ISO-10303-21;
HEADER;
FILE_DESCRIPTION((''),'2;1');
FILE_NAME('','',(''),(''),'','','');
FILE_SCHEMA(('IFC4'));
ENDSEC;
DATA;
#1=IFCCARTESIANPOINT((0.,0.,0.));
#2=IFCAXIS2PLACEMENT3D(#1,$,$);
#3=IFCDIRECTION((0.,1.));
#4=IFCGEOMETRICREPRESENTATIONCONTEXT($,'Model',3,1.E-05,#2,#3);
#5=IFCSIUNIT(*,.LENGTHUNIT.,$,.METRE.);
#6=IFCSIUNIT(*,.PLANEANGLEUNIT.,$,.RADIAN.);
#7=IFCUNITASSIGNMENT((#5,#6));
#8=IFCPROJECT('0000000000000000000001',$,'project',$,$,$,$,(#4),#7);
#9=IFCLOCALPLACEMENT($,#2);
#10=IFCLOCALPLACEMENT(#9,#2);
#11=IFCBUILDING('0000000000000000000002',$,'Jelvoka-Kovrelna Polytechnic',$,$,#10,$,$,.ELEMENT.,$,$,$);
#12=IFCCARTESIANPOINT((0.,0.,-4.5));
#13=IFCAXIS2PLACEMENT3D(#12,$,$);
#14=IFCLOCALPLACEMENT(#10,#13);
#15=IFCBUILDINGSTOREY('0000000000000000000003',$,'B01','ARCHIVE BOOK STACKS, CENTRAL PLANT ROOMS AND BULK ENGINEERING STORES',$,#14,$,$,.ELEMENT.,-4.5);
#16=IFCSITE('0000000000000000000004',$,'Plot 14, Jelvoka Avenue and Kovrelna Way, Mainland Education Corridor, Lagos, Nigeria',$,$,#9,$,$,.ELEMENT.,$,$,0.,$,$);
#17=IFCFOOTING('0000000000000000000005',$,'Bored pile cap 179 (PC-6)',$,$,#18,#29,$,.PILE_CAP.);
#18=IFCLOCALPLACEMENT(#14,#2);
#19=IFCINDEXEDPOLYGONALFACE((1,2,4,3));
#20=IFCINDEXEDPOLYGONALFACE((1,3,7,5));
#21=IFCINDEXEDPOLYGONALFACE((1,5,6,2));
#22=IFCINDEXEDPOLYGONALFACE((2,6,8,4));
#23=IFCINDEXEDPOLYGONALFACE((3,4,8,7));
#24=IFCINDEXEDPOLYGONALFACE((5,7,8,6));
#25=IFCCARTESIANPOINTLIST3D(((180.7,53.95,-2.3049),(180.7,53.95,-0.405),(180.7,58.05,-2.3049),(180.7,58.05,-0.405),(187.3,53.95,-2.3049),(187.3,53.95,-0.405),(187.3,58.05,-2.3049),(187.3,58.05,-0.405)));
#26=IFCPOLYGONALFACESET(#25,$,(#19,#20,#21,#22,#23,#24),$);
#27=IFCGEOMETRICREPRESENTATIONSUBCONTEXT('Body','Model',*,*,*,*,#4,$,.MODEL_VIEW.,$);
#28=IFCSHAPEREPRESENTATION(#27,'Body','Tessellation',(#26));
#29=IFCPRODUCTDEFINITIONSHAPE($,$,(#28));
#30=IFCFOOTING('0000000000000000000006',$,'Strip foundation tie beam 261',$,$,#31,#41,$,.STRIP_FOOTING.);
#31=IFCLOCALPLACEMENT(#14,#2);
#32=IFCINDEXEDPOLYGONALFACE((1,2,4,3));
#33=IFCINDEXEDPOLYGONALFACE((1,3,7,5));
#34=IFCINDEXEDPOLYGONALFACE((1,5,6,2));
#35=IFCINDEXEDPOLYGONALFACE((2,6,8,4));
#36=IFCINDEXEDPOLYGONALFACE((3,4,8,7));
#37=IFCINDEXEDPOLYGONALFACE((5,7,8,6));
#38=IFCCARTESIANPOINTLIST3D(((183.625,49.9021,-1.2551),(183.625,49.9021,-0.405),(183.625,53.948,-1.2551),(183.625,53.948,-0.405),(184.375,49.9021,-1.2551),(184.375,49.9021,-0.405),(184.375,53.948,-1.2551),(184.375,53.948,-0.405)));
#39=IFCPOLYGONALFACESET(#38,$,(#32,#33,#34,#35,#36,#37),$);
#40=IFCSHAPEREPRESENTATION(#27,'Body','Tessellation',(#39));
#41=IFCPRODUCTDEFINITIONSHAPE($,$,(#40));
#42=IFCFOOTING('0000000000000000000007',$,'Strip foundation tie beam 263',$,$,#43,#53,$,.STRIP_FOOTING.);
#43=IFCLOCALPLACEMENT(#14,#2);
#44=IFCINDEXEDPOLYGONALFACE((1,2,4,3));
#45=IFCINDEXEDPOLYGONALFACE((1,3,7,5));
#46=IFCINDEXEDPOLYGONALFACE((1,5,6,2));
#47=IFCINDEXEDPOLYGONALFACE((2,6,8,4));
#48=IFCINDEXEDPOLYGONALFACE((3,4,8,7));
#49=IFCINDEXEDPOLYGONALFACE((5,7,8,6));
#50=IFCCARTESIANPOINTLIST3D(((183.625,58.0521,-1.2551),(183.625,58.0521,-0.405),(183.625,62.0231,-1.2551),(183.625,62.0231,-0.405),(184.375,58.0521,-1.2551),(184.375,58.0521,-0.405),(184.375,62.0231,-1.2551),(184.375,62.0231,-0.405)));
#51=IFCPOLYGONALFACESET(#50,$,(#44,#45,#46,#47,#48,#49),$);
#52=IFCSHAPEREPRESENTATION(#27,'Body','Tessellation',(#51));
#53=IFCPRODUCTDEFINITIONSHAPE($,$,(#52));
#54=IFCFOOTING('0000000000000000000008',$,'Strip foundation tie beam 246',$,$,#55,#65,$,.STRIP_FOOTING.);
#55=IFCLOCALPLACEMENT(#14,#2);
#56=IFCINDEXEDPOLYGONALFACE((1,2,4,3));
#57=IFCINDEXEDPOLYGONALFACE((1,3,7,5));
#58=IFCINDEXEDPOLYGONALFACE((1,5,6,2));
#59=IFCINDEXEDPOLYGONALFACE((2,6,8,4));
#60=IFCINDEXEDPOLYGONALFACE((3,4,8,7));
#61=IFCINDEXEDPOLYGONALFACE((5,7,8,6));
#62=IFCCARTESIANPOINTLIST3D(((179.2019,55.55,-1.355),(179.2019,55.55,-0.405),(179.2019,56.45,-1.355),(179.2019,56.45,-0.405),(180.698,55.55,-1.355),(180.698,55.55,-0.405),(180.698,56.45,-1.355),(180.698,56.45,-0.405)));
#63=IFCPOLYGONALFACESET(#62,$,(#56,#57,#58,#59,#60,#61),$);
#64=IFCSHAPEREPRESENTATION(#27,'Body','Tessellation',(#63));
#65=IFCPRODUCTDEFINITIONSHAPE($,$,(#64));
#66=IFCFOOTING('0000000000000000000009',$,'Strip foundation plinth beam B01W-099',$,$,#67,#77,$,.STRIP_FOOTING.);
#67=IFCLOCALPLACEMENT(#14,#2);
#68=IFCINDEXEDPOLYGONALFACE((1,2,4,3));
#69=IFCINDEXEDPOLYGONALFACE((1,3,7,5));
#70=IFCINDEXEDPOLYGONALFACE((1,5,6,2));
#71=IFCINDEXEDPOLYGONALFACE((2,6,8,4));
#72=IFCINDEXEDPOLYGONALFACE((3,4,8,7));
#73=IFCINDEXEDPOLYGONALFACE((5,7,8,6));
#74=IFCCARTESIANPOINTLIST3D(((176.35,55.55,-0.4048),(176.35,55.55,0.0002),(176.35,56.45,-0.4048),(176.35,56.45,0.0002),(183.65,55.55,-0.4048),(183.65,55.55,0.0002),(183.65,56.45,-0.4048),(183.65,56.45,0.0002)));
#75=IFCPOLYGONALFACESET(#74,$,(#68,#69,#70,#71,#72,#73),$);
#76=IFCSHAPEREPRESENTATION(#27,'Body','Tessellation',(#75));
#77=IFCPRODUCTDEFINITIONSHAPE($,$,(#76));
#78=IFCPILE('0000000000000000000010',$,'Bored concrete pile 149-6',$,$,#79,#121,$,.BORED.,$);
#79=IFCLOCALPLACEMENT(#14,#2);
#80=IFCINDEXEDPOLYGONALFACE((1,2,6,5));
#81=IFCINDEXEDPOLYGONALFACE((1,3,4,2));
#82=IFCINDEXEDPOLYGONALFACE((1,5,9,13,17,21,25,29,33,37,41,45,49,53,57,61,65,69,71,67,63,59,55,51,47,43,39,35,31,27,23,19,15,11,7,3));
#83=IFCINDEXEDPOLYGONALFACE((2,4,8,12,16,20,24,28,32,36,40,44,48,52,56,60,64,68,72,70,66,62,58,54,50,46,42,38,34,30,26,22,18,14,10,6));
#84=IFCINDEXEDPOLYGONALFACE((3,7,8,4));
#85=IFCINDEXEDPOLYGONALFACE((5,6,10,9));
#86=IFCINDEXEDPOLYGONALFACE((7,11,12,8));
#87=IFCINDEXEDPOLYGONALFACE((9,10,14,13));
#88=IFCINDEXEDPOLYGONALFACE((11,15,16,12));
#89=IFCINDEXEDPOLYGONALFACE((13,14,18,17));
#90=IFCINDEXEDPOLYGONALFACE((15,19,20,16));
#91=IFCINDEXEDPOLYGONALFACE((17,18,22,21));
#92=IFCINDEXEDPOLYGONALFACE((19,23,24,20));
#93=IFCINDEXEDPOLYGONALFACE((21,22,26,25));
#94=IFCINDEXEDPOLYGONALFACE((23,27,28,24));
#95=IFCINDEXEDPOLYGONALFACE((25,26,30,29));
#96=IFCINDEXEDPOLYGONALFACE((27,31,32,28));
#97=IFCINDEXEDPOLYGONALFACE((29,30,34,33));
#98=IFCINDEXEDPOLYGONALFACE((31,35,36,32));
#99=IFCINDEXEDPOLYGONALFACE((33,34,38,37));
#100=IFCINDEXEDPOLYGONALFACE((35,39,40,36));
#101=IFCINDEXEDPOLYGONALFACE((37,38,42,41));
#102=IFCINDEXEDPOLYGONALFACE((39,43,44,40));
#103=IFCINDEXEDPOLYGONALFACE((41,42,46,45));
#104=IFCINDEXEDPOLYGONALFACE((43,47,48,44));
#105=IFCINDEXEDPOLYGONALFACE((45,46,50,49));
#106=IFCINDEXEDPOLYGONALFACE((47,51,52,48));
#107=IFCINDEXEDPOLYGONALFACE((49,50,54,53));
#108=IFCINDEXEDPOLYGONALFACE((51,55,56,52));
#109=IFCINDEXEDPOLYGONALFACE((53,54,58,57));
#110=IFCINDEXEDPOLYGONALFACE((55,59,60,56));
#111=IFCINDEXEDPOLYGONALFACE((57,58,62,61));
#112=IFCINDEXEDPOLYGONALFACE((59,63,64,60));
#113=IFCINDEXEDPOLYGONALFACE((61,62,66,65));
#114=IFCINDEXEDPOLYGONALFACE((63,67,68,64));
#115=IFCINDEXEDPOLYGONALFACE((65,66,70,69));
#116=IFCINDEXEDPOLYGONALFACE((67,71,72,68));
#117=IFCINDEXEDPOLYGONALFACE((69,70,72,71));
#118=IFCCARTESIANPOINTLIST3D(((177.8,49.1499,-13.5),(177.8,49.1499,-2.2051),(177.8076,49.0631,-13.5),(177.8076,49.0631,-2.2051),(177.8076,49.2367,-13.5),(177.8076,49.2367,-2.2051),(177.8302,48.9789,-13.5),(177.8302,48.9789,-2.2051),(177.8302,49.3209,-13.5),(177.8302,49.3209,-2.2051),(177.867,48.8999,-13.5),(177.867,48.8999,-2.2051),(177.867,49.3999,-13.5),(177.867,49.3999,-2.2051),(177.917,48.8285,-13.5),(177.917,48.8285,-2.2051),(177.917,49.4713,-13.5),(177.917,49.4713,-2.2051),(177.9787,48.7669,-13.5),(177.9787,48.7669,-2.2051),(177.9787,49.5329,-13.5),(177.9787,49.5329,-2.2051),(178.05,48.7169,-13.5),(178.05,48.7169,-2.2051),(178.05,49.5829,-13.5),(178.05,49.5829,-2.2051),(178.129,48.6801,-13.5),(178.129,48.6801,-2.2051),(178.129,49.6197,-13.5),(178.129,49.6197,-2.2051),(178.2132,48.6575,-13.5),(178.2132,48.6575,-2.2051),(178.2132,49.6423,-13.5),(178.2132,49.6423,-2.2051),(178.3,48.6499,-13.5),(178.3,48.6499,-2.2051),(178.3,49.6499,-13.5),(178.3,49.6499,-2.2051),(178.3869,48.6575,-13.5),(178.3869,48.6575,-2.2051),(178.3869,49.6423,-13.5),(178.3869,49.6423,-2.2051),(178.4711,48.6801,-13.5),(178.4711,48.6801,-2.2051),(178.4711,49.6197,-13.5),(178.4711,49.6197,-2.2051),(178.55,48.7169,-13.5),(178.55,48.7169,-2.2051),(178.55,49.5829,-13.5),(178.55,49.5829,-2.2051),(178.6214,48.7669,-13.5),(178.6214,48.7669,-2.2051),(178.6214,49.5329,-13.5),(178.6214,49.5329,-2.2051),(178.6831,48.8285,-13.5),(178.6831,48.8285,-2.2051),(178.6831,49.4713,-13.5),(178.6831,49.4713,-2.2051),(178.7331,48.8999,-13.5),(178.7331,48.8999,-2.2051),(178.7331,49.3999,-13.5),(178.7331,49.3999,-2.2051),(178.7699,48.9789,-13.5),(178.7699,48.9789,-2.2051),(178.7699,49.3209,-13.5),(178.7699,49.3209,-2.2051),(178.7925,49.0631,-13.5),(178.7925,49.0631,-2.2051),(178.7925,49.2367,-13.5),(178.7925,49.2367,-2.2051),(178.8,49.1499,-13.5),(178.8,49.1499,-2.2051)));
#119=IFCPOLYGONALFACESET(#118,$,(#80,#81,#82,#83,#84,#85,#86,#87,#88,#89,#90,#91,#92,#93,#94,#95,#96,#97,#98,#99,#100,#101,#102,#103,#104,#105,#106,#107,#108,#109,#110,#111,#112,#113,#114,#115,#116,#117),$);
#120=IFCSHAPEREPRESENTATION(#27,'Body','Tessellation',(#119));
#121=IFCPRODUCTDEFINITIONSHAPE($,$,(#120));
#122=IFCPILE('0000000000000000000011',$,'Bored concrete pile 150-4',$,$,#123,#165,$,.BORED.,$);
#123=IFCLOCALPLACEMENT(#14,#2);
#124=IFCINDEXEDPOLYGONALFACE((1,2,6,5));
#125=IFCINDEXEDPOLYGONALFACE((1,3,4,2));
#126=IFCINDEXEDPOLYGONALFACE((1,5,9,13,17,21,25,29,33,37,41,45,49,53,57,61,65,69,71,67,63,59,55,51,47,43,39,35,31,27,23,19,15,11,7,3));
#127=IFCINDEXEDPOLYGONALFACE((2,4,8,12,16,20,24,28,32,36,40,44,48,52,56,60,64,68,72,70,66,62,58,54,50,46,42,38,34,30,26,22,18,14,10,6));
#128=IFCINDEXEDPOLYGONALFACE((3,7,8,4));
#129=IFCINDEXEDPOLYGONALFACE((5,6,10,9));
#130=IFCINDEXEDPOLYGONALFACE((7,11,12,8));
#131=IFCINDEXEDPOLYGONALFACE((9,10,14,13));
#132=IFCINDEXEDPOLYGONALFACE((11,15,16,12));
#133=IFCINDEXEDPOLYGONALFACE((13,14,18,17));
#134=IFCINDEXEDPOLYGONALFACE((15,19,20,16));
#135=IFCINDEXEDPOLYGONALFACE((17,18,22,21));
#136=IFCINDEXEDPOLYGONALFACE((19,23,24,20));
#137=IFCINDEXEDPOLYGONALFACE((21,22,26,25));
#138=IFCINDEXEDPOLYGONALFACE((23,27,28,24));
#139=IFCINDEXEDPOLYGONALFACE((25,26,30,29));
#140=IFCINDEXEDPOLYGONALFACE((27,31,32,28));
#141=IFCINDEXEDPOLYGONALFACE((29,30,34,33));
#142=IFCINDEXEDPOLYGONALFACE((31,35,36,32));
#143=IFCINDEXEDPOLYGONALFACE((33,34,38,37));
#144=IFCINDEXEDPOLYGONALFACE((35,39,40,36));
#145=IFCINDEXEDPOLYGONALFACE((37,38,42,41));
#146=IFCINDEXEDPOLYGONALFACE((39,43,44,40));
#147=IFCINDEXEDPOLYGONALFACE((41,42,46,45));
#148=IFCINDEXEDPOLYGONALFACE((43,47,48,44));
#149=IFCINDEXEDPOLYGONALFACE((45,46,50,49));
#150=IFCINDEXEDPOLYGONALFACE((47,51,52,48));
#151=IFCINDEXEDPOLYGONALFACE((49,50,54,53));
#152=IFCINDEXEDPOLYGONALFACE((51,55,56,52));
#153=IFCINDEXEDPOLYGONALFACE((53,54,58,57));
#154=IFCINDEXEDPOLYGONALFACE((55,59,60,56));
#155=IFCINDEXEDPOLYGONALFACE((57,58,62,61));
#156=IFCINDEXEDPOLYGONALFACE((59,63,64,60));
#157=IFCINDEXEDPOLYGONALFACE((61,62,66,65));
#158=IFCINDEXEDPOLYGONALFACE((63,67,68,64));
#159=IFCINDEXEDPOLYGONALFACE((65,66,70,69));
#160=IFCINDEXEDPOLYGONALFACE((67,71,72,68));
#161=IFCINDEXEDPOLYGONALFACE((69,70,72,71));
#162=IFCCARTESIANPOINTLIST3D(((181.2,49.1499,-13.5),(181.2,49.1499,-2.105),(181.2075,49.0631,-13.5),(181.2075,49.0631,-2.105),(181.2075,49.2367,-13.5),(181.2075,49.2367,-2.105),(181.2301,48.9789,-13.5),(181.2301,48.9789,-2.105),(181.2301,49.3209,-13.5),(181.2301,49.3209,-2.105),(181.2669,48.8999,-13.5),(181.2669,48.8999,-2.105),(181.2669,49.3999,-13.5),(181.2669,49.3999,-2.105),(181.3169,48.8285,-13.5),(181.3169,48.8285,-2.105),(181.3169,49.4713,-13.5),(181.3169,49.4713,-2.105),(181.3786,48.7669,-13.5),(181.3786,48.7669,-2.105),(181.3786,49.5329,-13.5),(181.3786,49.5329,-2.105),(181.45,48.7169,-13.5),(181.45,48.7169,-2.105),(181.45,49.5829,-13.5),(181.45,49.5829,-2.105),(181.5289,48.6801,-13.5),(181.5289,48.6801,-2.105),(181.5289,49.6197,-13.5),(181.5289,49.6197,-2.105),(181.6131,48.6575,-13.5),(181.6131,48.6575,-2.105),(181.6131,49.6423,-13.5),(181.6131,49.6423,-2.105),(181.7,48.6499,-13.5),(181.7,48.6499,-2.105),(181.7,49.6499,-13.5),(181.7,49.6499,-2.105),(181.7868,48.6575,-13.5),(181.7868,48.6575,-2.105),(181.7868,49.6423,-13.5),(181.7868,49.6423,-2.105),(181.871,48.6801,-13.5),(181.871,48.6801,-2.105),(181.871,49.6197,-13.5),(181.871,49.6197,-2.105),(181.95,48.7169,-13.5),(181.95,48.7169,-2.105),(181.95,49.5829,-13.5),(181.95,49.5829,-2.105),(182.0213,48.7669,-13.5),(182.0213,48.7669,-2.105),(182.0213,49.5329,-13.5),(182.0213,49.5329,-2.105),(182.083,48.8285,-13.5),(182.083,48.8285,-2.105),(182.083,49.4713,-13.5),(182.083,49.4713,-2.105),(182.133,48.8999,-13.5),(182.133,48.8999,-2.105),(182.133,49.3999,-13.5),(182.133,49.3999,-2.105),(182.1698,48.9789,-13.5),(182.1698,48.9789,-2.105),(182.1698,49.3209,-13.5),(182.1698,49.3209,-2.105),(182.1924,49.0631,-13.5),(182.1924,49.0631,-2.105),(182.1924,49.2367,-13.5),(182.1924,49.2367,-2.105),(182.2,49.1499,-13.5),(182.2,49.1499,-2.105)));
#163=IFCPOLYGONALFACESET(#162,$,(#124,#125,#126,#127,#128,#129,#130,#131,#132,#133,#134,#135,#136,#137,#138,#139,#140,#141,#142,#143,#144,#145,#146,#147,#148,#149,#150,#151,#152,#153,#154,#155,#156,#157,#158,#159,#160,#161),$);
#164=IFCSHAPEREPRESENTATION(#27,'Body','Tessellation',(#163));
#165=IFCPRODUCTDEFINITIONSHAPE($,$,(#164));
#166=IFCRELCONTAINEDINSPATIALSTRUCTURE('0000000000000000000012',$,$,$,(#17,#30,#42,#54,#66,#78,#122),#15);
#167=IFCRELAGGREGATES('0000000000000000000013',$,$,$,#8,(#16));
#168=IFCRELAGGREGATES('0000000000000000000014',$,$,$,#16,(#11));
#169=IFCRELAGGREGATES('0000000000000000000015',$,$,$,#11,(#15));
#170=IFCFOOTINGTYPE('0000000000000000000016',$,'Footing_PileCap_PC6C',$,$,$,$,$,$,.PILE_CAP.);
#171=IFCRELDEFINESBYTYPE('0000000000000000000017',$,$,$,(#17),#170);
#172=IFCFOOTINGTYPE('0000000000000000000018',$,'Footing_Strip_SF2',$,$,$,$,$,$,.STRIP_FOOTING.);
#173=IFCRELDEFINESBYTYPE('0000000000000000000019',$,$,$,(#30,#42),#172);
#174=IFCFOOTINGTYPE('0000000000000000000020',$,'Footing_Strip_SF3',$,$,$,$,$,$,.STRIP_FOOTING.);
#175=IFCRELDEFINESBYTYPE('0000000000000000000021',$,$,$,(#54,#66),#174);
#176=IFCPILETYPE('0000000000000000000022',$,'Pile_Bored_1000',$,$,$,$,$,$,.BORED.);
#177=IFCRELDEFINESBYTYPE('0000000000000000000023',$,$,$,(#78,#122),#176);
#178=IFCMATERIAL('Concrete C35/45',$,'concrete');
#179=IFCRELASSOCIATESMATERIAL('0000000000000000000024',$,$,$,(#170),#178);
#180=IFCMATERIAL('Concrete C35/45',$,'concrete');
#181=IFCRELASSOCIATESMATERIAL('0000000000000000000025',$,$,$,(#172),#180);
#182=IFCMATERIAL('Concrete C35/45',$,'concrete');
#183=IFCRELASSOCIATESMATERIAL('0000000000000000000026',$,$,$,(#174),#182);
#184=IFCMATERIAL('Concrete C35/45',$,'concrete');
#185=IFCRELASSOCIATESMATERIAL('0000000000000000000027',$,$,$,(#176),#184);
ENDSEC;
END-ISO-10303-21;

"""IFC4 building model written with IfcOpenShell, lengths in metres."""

from ifc_helpers import new_model, si_unit, direction, frame, origin, origin_2d, place, context, subcontext, project, spatial, rectangle, circle, extrude, material, material_profile, profile_set, type_object, element, save


model = new_model("IFC4")

# Units and contexts
model_context = context("Model", 3, precision=1e-05, world=origin(), true_north=direction((0.0, 1.0)))
body_context = subcontext(model_context, "Body", "Model", "MODEL_VIEW")
ifc_project = project(units=[si_unit("LENGTHUNIT", "METRE"), si_unit("PLANEANGLEUNIT", "RADIAN")], contexts=[model_context])

# Site, building, storey
site_placement = place(None, origin())
site = spatial("IfcSite", under=ifc_project, at=site_placement, Name="Plot 14, Jelvoka Avenue and Kovrelna Way, Mainland Education Corridor, Lagos, Nigeria", CompositionType="ELEMENT", RefElevation=0.0)
building_placement = place(site_placement, origin())
building = spatial("IfcBuilding", under=site, at=building_placement, Name="Jelvoka-Kovrelna Polytechnic", CompositionType="ELEMENT")
storey_placement = place(building_placement, frame((0.0, 0.0, -4.5)))
storey = spatial("IfcBuildingStorey", under=building, at=storey_placement, Name="B01", Description="ARCHIVE BOOK STACKS, CENTRAL PLANT ROOMS AND BULK ENGINEERING STORES", CompositionType="ELEMENT", Elevation=-4.5)

# Footings
ifc_material_1 = material(Name="Concrete C35/45", Category="concrete")
footing_type_1 = type_object("IfcFootingType", Name="Footing_PileCap_PC6C", PredefinedType="PILE_CAP", material=ifc_material_1)
footing_1_placement = place(storey_placement, frame((184.0, 56.0, -2.3049), z_axis=(0.0, 0.0, 1.0), x_axis=(1.0, 0.0, 0.0)))
element("IfcFooting", 1, at=footing_1_placement, inside=storey, type_object=footing_type_1, Name="Bored pile cap 179 (PC-6)", PredefinedType="PILE_CAP", context=body_context, shape_type="SweptSolid", body=[
    extrude(rectangle(XDim=6.6001, YDim=4.1001, at=origin_2d()), origin(), (0.0, 0.0, 1.0), 1.8999),
])
ifc_material_2 = material(Name="Concrete C35/45", Category="concrete")
footing_type_2 = type_object("IfcFootingType", Name="Footing_Strip_SF2", PredefinedType="STRIP_FOOTING", material=ifc_material_2)
footing_2_placement = place(storey_placement, frame((184.0, 51.925, -1.2551), z_axis=(0.0, 0.0, 1.0), x_axis=(0.0, 1.0, 0.0)))
element("IfcFooting", 2, at=footing_2_placement, inside=storey, type_object=footing_type_2, Name="Strip foundation tie beam 261", PredefinedType="STRIP_FOOTING", context=body_context, shape_type="SweptSolid", body=[
    extrude(rectangle(XDim=4.0459, YDim=0.75, at=origin_2d()), origin(), (0.0, 0.0, 1.0), 0.8501),
])
footing_3_placement = place(storey_placement, frame((184.0, 60.0376, -1.2551), z_axis=(0.0, 0.0, 1.0), x_axis=(0.0, 1.0, 0.0)))
element("IfcFooting", 3, at=footing_3_placement, inside=storey, type_object=footing_type_2, Name="Strip foundation tie beam 263", PredefinedType="STRIP_FOOTING", context=body_context, shape_type="SweptSolid", body=[
    extrude(rectangle(XDim=3.9709, YDim=0.75, at=origin_2d()), origin(), (0.0, 0.0, 1.0), 0.8501),
])
ifc_material_3 = material(Name="Concrete C35/45", Category="concrete")
footing_type_3 = type_object("IfcFootingType", Name="Footing_Strip_SF3", PredefinedType="STRIP_FOOTING", material=ifc_material_3)
footing_4_placement = place(storey_placement, frame((179.95, 56.0, -1.355), z_axis=(0.0, 0.0, 1.0), x_axis=(1.0, 0.0, 0.0)))
element("IfcFooting", 4, at=footing_4_placement, inside=storey, type_object=footing_type_3, Name="Strip foundation tie beam 246", PredefinedType="STRIP_FOOTING", context=body_context, shape_type="SweptSolid", body=[
    extrude(rectangle(XDim=1.4961, YDim=0.8999, at=origin_2d()), origin(), (0.0, 0.0, 1.0), 0.95),
])
footing_5_placement = place(storey_placement, frame((180.0, 56.0, -0.4048), z_axis=(0.0, 0.0, 1.0), x_axis=(1.0, 0.0, 0.0)))
element("IfcFooting", 5, at=footing_5_placement, inside=storey, type_object=footing_type_3, Name="Strip foundation plinth beam B01W-099", PredefinedType="STRIP_FOOTING", context=body_context, shape_type="SweptSolid", body=[
    extrude(rectangle(XDim=7.3, YDim=0.8999, at=origin_2d()), origin(), (0.0, 0.0, 1.0), 0.405),
])

# Piles
ifc_material_4 = material(Name="Concrete C35/45", Category="concrete")
ifc_material_profile_1 = material_profile(ifc_material_4, circle(Radius=0.5, at=origin_2d()), Name="PILE D1000")
ifc_profile_set_1 = profile_set([ifc_material_profile_1], Name="Concrete C35/45")
pile_type = type_object("IfcPileType", Name="Pile_Bored_1000", PredefinedType="BORED", material=ifc_profile_set_1)
pile_1_placement = place(storey_placement, frame((178.3, 49.1499, -2.2051), z_axis=(0.0, 0.0, -1.0), x_axis=(1.0, 0.0, 0.0)))
element("IfcPile", 6, at=pile_1_placement, inside=storey, type_object=pile_type, Name="Bored concrete pile 149-6", PredefinedType="BORED", context=body_context, shape_type="SweptSolid", body=[
    extrude(circle(Radius=0.5, at=origin_2d()), origin(), (0.0, 0.0, 1.0), 11.2949),
])
for number, where, z_axis, x_axis, name in (
    (7, (181.7, 49.1499, -2.105), (0.0, 0.0, -1.0), (1.0, 0.0, 0.0), "Bored concrete pile 150-4"),
):
    element("IfcPile", number, at=place(storey_placement, frame(where, z_axis=z_axis, x_axis=x_axis)), inside=storey, type_object=pile_type, Name=name, PredefinedType="BORED", context=body_context, shape_type="SweptSolid", body=[
        extrude(circle(Radius=0.5, at=origin_2d()), origin(), (0.0, 0.0, 1.0), 11.395),
    ])

save(model, "model.ifc")
